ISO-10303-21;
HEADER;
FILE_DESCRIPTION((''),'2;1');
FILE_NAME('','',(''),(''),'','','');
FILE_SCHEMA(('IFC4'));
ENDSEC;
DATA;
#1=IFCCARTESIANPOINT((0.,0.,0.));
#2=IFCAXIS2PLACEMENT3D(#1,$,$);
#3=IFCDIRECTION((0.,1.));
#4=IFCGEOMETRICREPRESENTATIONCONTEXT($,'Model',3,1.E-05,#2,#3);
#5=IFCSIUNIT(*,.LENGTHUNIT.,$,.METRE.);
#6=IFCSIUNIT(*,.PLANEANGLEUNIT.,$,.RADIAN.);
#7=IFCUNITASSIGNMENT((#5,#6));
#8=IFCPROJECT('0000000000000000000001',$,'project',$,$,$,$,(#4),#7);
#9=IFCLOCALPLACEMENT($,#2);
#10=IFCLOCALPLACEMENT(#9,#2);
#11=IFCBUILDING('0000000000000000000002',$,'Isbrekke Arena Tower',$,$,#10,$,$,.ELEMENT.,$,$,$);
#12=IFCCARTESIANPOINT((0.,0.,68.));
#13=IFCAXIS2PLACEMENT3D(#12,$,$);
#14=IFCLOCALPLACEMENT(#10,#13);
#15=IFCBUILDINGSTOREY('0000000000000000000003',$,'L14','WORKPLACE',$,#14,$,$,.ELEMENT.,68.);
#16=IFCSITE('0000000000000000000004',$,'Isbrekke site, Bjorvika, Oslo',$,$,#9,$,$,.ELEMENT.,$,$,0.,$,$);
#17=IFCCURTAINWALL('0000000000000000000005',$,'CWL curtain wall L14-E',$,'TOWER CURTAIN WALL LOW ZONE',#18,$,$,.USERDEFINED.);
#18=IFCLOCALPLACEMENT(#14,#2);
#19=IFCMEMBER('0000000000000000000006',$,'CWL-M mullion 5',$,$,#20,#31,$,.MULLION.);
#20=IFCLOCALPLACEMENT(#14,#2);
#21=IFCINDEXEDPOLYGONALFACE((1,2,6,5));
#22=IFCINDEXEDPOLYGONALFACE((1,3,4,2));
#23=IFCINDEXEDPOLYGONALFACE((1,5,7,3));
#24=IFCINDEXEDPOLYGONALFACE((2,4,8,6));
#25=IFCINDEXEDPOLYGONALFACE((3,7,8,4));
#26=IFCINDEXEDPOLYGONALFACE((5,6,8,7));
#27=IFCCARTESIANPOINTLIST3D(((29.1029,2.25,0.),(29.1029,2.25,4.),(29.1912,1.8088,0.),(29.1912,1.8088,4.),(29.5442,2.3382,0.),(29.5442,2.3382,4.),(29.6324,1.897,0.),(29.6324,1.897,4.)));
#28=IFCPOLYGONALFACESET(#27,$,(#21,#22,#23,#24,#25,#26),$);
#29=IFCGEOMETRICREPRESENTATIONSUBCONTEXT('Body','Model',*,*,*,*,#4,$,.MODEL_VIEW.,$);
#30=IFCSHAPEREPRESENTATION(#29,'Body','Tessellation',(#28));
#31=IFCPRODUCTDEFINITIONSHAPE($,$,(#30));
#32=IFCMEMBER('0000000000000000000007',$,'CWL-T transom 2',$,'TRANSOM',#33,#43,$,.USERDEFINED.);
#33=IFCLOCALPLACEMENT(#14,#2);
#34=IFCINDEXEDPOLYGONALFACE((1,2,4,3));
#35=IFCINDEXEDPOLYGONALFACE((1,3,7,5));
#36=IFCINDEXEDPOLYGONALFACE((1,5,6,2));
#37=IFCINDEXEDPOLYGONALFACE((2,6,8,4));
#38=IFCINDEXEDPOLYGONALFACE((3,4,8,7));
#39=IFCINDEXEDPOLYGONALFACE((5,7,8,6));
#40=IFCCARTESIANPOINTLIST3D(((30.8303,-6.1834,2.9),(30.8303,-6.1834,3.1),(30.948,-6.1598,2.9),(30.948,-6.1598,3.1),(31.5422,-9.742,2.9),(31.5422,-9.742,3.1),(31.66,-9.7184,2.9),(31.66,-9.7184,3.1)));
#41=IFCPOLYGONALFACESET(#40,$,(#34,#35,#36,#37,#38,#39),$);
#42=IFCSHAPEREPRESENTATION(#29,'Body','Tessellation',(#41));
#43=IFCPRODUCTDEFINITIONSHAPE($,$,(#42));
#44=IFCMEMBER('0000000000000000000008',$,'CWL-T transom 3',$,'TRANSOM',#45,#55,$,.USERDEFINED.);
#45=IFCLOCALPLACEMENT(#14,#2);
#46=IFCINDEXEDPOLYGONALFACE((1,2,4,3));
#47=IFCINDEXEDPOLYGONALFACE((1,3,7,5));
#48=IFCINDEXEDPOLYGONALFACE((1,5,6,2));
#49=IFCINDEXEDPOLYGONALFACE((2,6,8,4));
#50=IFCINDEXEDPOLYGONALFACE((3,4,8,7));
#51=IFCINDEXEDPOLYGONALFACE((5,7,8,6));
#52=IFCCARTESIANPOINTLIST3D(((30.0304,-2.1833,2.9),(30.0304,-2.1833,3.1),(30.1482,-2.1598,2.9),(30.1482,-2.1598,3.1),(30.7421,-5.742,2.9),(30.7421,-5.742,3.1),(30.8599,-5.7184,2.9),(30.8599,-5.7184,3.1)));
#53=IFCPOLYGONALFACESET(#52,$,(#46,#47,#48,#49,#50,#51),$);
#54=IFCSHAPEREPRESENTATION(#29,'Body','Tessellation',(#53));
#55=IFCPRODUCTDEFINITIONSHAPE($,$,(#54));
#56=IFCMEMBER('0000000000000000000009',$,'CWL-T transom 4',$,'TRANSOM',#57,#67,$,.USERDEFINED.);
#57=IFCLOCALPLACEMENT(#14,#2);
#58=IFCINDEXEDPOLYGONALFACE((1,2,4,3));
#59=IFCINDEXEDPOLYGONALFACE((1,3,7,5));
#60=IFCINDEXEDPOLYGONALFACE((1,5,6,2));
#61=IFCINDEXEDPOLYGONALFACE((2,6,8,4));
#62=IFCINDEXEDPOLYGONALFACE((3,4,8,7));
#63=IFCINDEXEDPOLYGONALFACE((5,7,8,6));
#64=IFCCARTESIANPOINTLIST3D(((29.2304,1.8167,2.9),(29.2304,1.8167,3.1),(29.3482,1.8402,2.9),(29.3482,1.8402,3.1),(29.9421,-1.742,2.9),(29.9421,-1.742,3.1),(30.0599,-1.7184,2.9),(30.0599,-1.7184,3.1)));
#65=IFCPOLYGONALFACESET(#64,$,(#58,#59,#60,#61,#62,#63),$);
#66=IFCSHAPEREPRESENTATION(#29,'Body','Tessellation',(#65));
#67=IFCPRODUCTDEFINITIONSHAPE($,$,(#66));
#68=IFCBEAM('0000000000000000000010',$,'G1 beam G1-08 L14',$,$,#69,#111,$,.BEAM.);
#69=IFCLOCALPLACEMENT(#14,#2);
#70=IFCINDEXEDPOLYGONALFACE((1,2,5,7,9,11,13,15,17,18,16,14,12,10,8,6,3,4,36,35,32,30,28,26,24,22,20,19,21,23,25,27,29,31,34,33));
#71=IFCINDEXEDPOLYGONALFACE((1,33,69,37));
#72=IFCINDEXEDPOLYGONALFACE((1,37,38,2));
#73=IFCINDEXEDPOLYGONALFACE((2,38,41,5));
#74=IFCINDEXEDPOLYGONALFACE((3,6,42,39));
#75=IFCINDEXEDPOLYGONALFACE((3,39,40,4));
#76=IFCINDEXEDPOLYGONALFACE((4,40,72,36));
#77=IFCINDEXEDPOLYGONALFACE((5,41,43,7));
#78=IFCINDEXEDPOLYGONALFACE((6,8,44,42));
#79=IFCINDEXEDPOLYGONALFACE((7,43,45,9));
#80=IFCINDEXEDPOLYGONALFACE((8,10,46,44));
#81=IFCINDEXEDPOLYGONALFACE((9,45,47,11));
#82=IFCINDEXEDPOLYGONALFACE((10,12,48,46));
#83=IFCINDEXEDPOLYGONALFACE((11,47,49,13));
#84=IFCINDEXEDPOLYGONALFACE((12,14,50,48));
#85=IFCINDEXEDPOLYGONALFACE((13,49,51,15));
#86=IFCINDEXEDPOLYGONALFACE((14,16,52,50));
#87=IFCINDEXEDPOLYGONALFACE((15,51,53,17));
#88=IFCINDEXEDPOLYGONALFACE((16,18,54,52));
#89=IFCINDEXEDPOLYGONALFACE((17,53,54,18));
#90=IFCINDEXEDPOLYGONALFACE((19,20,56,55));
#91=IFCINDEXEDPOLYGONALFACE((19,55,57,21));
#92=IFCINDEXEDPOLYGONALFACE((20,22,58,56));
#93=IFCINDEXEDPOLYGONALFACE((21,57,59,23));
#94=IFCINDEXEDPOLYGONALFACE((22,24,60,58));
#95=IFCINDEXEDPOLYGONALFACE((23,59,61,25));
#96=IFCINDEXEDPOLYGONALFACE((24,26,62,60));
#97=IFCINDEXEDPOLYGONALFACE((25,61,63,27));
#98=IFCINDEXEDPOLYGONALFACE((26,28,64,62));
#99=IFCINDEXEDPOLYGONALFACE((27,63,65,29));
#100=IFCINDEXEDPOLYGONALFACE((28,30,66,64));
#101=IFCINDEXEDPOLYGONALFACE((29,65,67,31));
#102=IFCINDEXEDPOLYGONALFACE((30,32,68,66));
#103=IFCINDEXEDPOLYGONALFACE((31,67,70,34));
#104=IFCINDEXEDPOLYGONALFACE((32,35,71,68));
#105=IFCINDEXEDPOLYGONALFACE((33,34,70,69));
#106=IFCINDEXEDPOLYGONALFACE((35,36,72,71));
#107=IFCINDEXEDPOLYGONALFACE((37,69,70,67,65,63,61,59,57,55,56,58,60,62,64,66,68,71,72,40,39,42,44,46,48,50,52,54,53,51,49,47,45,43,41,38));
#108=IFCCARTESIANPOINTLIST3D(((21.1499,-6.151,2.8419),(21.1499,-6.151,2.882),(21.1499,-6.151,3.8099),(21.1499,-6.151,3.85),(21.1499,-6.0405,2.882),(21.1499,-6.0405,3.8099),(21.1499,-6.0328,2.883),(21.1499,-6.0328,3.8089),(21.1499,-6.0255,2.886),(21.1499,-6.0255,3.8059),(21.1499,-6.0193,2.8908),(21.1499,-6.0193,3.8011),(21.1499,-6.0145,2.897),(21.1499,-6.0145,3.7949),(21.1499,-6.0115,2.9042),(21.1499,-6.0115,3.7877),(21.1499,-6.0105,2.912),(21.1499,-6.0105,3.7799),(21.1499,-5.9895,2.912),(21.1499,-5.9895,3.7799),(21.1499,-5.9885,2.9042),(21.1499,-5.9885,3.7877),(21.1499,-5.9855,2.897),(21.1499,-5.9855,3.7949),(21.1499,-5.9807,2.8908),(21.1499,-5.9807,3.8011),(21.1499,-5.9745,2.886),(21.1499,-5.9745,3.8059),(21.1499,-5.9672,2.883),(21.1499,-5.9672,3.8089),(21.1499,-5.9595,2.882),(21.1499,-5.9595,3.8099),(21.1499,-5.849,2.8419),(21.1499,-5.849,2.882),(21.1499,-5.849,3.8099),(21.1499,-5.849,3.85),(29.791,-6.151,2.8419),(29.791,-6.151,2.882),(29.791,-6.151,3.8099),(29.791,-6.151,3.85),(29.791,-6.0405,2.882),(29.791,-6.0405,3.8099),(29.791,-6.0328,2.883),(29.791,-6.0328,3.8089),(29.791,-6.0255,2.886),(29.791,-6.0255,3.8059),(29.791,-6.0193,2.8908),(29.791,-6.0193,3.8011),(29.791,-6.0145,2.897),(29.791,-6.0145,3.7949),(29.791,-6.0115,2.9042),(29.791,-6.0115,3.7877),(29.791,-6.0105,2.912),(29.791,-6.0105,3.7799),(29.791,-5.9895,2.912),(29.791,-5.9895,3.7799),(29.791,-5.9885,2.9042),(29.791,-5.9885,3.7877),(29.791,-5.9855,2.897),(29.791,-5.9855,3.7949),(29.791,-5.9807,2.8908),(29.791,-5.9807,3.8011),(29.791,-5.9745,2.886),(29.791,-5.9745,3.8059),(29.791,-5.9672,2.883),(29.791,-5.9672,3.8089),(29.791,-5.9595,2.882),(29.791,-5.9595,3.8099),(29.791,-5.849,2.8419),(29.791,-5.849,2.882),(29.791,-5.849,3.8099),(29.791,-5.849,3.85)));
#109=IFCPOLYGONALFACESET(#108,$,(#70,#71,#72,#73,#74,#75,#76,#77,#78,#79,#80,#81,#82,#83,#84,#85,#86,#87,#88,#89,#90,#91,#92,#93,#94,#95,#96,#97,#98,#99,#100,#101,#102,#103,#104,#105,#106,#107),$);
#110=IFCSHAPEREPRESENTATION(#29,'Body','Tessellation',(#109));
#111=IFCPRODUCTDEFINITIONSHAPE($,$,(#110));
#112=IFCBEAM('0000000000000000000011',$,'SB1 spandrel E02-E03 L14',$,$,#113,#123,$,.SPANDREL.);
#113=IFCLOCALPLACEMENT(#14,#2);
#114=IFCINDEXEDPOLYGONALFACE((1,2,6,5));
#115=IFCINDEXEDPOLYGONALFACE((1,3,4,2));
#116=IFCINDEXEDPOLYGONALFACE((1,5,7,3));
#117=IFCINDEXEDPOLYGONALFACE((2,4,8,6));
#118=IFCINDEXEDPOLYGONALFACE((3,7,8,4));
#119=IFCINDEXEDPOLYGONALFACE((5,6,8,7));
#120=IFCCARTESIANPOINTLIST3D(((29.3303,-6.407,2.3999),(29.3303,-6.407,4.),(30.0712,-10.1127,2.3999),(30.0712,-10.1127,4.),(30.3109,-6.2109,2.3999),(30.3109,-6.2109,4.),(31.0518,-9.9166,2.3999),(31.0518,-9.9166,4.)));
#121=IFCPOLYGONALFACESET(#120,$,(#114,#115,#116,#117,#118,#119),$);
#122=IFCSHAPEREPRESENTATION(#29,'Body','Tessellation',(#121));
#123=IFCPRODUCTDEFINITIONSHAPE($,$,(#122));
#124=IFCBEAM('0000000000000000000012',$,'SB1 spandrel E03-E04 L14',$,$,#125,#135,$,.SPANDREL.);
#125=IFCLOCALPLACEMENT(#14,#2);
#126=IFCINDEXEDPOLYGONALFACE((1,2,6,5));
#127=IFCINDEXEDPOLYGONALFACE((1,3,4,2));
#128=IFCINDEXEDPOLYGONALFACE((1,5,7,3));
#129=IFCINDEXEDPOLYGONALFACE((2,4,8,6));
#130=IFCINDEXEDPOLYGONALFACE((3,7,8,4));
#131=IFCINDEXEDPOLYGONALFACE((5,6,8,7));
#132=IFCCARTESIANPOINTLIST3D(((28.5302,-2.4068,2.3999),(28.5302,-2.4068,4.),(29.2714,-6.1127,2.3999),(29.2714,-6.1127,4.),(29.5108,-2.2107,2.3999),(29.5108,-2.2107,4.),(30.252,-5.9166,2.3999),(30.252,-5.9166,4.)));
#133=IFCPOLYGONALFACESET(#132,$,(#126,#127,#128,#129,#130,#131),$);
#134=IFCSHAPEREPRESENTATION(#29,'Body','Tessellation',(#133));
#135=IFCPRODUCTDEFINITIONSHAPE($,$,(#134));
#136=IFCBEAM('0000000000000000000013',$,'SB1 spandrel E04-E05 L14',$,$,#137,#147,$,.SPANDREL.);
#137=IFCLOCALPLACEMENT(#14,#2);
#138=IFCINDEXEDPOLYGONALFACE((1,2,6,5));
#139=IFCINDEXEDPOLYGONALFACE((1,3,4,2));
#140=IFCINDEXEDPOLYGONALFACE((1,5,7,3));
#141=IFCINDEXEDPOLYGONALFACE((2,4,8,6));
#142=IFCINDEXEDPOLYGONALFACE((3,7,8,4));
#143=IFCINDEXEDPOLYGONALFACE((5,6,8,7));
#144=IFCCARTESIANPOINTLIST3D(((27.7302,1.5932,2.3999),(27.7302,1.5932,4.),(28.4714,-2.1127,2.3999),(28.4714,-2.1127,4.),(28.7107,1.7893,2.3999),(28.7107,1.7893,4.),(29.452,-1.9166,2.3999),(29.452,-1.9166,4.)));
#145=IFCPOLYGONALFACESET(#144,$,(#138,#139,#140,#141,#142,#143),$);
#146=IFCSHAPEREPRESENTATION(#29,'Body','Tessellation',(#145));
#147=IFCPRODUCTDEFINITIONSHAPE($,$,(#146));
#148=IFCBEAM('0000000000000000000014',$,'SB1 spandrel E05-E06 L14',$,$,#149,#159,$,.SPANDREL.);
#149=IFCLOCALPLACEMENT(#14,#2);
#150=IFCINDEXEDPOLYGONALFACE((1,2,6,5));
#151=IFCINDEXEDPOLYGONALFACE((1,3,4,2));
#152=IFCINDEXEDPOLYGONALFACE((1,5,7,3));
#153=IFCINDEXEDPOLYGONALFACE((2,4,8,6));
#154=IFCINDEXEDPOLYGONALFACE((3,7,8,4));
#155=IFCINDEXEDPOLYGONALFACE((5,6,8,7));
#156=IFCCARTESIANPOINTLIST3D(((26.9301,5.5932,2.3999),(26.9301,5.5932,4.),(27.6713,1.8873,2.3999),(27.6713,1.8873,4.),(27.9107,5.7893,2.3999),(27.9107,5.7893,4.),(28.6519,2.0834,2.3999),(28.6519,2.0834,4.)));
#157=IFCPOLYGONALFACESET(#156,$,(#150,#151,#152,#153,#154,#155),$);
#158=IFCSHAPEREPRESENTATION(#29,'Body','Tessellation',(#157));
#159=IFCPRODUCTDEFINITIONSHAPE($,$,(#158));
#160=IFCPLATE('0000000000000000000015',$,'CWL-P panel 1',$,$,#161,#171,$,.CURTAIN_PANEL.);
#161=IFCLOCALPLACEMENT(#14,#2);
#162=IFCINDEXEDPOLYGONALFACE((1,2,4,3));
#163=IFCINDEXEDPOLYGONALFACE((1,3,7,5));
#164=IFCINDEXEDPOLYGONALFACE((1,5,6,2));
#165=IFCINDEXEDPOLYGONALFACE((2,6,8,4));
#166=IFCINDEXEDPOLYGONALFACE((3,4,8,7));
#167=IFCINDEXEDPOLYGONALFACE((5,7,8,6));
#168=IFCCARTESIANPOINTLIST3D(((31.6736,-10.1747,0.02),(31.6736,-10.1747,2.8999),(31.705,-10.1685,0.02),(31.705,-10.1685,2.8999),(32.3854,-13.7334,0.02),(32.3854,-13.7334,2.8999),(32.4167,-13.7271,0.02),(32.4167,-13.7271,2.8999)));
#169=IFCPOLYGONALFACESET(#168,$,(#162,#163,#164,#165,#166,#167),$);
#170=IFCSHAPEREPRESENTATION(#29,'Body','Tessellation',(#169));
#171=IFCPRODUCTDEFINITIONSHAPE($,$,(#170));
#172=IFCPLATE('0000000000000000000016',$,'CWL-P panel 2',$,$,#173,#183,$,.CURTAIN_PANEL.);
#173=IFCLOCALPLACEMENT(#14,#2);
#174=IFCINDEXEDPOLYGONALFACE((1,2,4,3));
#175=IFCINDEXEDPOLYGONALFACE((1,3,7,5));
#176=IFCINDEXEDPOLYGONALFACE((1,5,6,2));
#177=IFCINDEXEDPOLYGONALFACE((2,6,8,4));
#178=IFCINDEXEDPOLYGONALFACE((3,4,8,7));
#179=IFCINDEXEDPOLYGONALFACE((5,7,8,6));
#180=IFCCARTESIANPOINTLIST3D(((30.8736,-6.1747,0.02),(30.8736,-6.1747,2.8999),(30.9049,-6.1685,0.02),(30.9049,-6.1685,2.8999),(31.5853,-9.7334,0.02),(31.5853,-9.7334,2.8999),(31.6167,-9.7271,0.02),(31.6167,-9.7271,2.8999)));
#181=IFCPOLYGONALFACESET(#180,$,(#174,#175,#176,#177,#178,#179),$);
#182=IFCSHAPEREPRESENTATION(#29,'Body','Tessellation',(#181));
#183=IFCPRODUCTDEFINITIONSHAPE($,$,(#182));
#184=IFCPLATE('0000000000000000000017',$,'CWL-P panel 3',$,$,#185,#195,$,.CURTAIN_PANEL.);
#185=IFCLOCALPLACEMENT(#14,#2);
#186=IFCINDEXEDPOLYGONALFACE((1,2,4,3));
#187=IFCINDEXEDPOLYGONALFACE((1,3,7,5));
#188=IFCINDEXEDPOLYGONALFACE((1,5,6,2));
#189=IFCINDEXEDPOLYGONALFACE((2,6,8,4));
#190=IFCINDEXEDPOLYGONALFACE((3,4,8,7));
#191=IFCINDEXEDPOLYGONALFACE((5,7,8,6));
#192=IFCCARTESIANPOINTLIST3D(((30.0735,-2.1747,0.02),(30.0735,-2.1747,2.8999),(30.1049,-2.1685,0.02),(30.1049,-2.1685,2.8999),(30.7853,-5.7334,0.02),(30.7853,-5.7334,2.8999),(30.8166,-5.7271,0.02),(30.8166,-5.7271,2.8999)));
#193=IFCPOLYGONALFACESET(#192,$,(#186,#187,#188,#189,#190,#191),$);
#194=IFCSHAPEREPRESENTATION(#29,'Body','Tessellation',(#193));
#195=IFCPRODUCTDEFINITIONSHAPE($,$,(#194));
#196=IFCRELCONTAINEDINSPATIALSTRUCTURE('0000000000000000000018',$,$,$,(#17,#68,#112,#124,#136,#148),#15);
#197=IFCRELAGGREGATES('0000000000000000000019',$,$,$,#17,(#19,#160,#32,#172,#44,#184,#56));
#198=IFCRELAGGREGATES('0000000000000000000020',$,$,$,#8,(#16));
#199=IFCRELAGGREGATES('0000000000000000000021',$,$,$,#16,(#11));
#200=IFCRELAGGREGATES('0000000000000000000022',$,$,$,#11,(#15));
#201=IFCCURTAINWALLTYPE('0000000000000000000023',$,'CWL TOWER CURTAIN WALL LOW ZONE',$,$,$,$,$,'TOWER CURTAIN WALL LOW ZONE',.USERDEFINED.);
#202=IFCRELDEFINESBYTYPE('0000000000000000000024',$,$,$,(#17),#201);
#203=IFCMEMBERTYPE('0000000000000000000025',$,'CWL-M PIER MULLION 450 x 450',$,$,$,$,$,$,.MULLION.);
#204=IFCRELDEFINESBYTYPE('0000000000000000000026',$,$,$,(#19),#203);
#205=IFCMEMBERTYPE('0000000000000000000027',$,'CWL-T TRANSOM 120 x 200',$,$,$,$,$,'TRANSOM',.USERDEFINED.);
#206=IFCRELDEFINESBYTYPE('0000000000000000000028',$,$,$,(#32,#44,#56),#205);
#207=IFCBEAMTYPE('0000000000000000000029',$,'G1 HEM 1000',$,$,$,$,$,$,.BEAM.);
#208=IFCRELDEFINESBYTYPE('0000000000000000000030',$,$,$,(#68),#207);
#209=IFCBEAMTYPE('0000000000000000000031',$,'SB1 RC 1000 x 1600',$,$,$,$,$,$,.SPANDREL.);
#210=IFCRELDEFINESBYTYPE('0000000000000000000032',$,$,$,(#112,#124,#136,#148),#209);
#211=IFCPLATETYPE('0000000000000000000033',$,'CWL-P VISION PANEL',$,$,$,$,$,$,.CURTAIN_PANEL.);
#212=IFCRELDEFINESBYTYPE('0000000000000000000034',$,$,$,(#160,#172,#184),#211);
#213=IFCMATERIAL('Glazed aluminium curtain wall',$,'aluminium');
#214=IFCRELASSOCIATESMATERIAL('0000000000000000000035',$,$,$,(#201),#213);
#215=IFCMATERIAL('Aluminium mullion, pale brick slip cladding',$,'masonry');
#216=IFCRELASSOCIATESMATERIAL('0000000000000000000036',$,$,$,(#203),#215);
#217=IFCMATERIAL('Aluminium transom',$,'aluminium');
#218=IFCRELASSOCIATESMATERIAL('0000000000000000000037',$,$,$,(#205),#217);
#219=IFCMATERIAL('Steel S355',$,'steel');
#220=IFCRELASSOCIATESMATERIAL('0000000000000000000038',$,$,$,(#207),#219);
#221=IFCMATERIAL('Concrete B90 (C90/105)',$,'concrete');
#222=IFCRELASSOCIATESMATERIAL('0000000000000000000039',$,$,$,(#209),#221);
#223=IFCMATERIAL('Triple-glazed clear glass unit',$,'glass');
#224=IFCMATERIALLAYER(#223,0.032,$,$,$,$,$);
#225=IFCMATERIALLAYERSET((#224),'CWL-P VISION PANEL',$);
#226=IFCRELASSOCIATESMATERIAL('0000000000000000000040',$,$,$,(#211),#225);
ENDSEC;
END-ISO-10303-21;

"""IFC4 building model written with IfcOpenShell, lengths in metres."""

from ifc_helpers import new_model, si_unit, direction, frame, origin, origin_2d, place, context, subcontext, project, spatial, rectangle, i_section, extrude, material, layer, layer_set, material_profile, profile_set, type_object, element, aggregate, save


model = new_model("IFC4")

# Units and contexts
model_context = context("Model", 3, precision=1e-05, world=origin(), true_north=direction((0.0, 1.0)))
body_context = subcontext(model_context, "Body", "Model", "MODEL_VIEW")
ifc_project = project(units=[si_unit("LENGTHUNIT", "METRE"), si_unit("PLANEANGLEUNIT", "RADIAN")], contexts=[model_context])

# Site, building, storey
site_placement = place(None, origin())
site = spatial("IfcSite", under=ifc_project, at=site_placement, Name="Isbrekke site, Bjorvika, Oslo", CompositionType="ELEMENT", RefElevation=0.0)
building_placement = place(site_placement, origin())
building = spatial("IfcBuilding", under=site, at=building_placement, Name="Isbrekke Arena Tower", CompositionType="ELEMENT")
storey_placement = place(building_placement, frame((0.0, 0.0, 68.0)))
storey = spatial("IfcBuildingStorey", under=building, at=storey_placement, Name="L14", Description="WORKPLACE", CompositionType="ELEMENT", Elevation=68.0)

# Curtain wall, members
ifc_material_1 = material(Name="Glazed aluminium curtain wall", Category="aluminium")
curtain_wall_type = type_object("IfcCurtainWallType", Name="CWL TOWER CURTAIN WALL LOW ZONE", ElementType="TOWER CURTAIN WALL LOW ZONE", PredefinedType="USERDEFINED", material=ifc_material_1)
curtain_wall_placement = place(storey_placement, origin())
curtain_wall = element("IfcCurtainWall", 1, at=curtain_wall_placement, inside=storey, type_object=curtain_wall_type, Name="CWL curtain wall L14-E", ObjectType="TOWER CURTAIN WALL LOW ZONE", PredefinedType="USERDEFINED")
ifc_material_2 = material(Name="Aluminium mullion, pale brick slip cladding", Category="masonry")
ifc_material_profile_1 = material_profile(ifc_material_2, rectangle(XDim=0.45, YDim=0.45, at=origin_2d()), Name="PIER 450X450")
ifc_profile_set_1 = profile_set([ifc_material_profile_1], Name="Aluminium mullion, pale brick slip cladding")
member_type_1 = type_object("IfcMemberType", Name="CWL-M PIER MULLION 450 x 450", PredefinedType="MULLION", material=ifc_profile_set_1)
member_1_placement = place(storey_placement, frame((29.3677, 2.0735, 0.0), z_axis=(0.0, 0.0, 1.0), x_axis=(-0.196116, 0.980581, 0.0)))
member_1 = element("IfcMember", 2, at=member_1_placement, type_object=member_type_1, Name="CWL-M mullion 5", PredefinedType="MULLION", context=body_context, shape_type="SweptSolid", body=[
    extrude(rectangle(XDim=0.45, YDim=0.45, at=origin_2d()), origin(), (0.0, 0.0, 1.0), 4.0),
])
ifc_material_3 = material(Name="Aluminium transom", Category="aluminium")
ifc_material_profile_2 = material_profile(ifc_material_3, rectangle(XDim=0.1201, YDim=0.2, at=origin_2d()), Name="TRANSOM 120X200")
ifc_profile_set_2 = profile_set([ifc_material_profile_2], Name="Aluminium transom")
member_type_2 = type_object("IfcMemberType", Name="CWL-T TRANSOM 120 x 200", ElementType="TRANSOM", PredefinedType="USERDEFINED", material=ifc_profile_set_2)
member_2_placement = place(storey_placement, frame((31.6011, -9.7302, 3.0), z_axis=(-0.196168, 0.98057, 0.0), x_axis=(-0.98057, -0.196168, 0.0)))
member_2 = element("IfcMember", 3, at=member_2_placement, type_object=member_type_2, Name="CWL-T transom 2", ObjectType="TRANSOM", PredefinedType="USERDEFINED", context=body_context, shape_type="SweptSolid", body=[
    extrude(rectangle(XDim=0.1201, YDim=0.2, at=origin_2d()), origin(), (0.0, 0.0, 1.0), 3.6292),
])
member_3_placement = place(storey_placement, frame((30.801, -5.7302, 3.0), z_axis=(-0.196103, 0.980583, 0.0), x_axis=(-0.980583, -0.196103, 0.0)))
member_3 = element("IfcMember", 4, at=member_3_placement, type_object=member_type_2, Name="CWL-T transom 3", ObjectType="TRANSOM", PredefinedType="USERDEFINED", context=body_context, shape_type="SweptSolid", body=[
    extrude(rectangle(XDim=0.1201, YDim=0.2, at=origin_2d()), origin(), (0.0, 0.0, 1.0), 3.6292),
])
member_4_placement = place(storey_placement, frame((30.001, -1.7302, 3.0), z_axis=(-0.196103, 0.980583, 0.0), x_axis=(-0.980583, -0.196103, 0.0)))
member_4 = element("IfcMember", 5, at=member_4_placement, type_object=member_type_2, Name="CWL-T transom 4", ObjectType="TRANSOM", PredefinedType="USERDEFINED", context=body_context, shape_type="SweptSolid", body=[
    extrude(rectangle(XDim=0.1201, YDim=0.2, at=origin_2d()), origin(), (0.0, 0.0, 1.0), 3.6292),
])

# Beams
ifc_material_4 = material(Name="Steel S355", Category="steel")
ifc_material_profile_3 = material_profile(ifc_material_4, i_section(OverallWidth=0.302, OverallDepth=1.0081, WebThickness=0.021, FlangeThickness=0.04, FilletRadius=0.03, at=origin_2d()), Name="HEM 1000")
ifc_profile_set_3 = profile_set([ifc_material_profile_3], Name="Steel S355")
beam_type_1 = type_object("IfcBeamType", Name="G1 HEM 1000", PredefinedType="BEAM", material=ifc_profile_set_3)
beam_1_placement = place(storey_placement, frame((21.1499, -6.0, 3.3459), z_axis=(1.0, 0.0, 0.0), x_axis=(0.0, 1.0, 0.0)))
element("IfcBeam", 6, at=beam_1_placement, inside=storey, type_object=beam_type_1, Name="G1 beam G1-08 L14", PredefinedType="BEAM", context=body_context, shape_type="SweptSolid", body=[
    extrude(i_section(OverallWidth=0.302, OverallDepth=1.0081, WebThickness=0.021, FlangeThickness=0.04, FilletRadius=0.03, at=origin_2d()), origin(), (0.0, 0.0, 1.0), 8.6411),
])
ifc_material_5 = material(Name="Concrete B90 (C90/105)", Category="concrete")
ifc_material_profile_4 = material_profile(ifc_material_5, rectangle(XDim=1.0, YDim=1.6001, at=origin_2d()), Name="RC 1000x1600")
ifc_profile_set_4 = profile_set([ifc_material_profile_4], Name="Concrete B90 (C90/105)")
beam_type_2 = type_object("IfcBeamType", Name="SB1 RC 1000 x 1600", PredefinedType="SPANDREL", material=ifc_profile_set_4)
beam_2_placement = place(storey_placement, frame((30.5615, -10.0146, 3.2), z_axis=(-0.196066, 0.980591, 0.0), x_axis=(-0.980591, -0.196066, 0.0)))
element("IfcBeam", 7, at=beam_2_placement, inside=storey, type_object=beam_type_2, Name="SB1 spandrel E02-E03 L14", PredefinedType="SPANDREL", context=body_context, shape_type="SweptSolid", body=[
    extrude(rectangle(XDim=1.0, YDim=1.6001, at=origin_2d()), origin(), (0.0, 0.0, 1.0), 3.7791),
])
for number, where, z_axis, x_axis, name in (
    (8, (29.7617, -6.0146, 3.2), (-0.196129, 0.980578, 0.0), (-0.980578, -0.196129, 0.0), "SB1 spandrel E03-E04 L14"),
    (9, (28.9617, -2.0146, 3.2), (-0.196129, 0.980578, 0.0), (-0.980578, -0.196129, 0.0), "SB1 spandrel E04-E05 L14"),
    (10, (28.1616, 1.9854, 3.2), (-0.196129, 0.980578, 0.0), (-0.980578, -0.196129, 0.0), "SB1 spandrel E05-E06 L14"),
):
    element("IfcBeam", number, at=place(storey_placement, frame(where, z_axis=z_axis, x_axis=x_axis)), inside=storey, type_object=beam_type_2, Name=name, PredefinedType="SPANDREL", context=body_context, shape_type="SweptSolid", body=[
        extrude(rectangle(XDim=1.0, YDim=1.6001, at=origin_2d()), origin(), (0.0, 0.0, 1.0), 3.7793),
    ])

# Plates
ifc_material_6 = material(Name="Triple-glazed clear glass unit", Category="glass")
ifc_layer_1 = layer(ifc_material_6, 0.032)
ifc_layer_set_1 = layer_set([ifc_layer_1], Name="CWL-P VISION PANEL")
plate_type = type_object("IfcPlateType", Name="CWL-P VISION PANEL", PredefinedType="CURTAIN_PANEL", material=ifc_layer_set_1)
plate_1_placement = place(storey_placement, frame((32.0452, -11.9509, 0.02), z_axis=(0.0, 0.0, 1.0), x_axis=(-0.196116, 0.980581, 0.0)))
plate_1 = element("IfcPlate", 11, at=plate_1_placement, type_object=plate_type, Name="CWL-P panel 1", PredefinedType="CURTAIN_PANEL", context=body_context, shape_type="SweptSolid", body=[
    extrude(rectangle(XDim=3.6292, YDim=0.032, at=origin_2d()), origin(), (0.0, 0.0, 1.0), 2.8799),
])
plate_2_placement = place(storey_placement, frame((31.2451, -7.9509, 0.02), z_axis=(0.0, 0.0, 1.0), x_axis=(-0.196116, 0.980581, 0.0)))
plate_2 = element("IfcPlate", 12, at=plate_2_placement, type_object=plate_type, Name="CWL-P panel 2", PredefinedType="CURTAIN_PANEL", context=body_context, shape_type="SweptSolid", body=[
    extrude(rectangle(XDim=3.6292, YDim=0.032, at=origin_2d()), origin(), (0.0, 0.0, 1.0), 2.8799),
])
plate_3_placement = place(storey_placement, frame((30.4451, -3.9509, 0.02), z_axis=(0.0, 0.0, 1.0), x_axis=(-0.196116, 0.980581, 0.0)))
plate_3 = element("IfcPlate", 13, at=plate_3_placement, type_object=plate_type, Name="CWL-P panel 3", PredefinedType="CURTAIN_PANEL", context=body_context, shape_type="SweptSolid", body=[
    extrude(rectangle(XDim=3.6292, YDim=0.032, at=origin_2d()), origin(), (0.0, 0.0, 1.0), 2.8799),
])
aggregate(curtain_wall, [member_1, plate_1, member_2, plate_2, member_3, plate_3, member_4])

save(model, "model.ifc")
